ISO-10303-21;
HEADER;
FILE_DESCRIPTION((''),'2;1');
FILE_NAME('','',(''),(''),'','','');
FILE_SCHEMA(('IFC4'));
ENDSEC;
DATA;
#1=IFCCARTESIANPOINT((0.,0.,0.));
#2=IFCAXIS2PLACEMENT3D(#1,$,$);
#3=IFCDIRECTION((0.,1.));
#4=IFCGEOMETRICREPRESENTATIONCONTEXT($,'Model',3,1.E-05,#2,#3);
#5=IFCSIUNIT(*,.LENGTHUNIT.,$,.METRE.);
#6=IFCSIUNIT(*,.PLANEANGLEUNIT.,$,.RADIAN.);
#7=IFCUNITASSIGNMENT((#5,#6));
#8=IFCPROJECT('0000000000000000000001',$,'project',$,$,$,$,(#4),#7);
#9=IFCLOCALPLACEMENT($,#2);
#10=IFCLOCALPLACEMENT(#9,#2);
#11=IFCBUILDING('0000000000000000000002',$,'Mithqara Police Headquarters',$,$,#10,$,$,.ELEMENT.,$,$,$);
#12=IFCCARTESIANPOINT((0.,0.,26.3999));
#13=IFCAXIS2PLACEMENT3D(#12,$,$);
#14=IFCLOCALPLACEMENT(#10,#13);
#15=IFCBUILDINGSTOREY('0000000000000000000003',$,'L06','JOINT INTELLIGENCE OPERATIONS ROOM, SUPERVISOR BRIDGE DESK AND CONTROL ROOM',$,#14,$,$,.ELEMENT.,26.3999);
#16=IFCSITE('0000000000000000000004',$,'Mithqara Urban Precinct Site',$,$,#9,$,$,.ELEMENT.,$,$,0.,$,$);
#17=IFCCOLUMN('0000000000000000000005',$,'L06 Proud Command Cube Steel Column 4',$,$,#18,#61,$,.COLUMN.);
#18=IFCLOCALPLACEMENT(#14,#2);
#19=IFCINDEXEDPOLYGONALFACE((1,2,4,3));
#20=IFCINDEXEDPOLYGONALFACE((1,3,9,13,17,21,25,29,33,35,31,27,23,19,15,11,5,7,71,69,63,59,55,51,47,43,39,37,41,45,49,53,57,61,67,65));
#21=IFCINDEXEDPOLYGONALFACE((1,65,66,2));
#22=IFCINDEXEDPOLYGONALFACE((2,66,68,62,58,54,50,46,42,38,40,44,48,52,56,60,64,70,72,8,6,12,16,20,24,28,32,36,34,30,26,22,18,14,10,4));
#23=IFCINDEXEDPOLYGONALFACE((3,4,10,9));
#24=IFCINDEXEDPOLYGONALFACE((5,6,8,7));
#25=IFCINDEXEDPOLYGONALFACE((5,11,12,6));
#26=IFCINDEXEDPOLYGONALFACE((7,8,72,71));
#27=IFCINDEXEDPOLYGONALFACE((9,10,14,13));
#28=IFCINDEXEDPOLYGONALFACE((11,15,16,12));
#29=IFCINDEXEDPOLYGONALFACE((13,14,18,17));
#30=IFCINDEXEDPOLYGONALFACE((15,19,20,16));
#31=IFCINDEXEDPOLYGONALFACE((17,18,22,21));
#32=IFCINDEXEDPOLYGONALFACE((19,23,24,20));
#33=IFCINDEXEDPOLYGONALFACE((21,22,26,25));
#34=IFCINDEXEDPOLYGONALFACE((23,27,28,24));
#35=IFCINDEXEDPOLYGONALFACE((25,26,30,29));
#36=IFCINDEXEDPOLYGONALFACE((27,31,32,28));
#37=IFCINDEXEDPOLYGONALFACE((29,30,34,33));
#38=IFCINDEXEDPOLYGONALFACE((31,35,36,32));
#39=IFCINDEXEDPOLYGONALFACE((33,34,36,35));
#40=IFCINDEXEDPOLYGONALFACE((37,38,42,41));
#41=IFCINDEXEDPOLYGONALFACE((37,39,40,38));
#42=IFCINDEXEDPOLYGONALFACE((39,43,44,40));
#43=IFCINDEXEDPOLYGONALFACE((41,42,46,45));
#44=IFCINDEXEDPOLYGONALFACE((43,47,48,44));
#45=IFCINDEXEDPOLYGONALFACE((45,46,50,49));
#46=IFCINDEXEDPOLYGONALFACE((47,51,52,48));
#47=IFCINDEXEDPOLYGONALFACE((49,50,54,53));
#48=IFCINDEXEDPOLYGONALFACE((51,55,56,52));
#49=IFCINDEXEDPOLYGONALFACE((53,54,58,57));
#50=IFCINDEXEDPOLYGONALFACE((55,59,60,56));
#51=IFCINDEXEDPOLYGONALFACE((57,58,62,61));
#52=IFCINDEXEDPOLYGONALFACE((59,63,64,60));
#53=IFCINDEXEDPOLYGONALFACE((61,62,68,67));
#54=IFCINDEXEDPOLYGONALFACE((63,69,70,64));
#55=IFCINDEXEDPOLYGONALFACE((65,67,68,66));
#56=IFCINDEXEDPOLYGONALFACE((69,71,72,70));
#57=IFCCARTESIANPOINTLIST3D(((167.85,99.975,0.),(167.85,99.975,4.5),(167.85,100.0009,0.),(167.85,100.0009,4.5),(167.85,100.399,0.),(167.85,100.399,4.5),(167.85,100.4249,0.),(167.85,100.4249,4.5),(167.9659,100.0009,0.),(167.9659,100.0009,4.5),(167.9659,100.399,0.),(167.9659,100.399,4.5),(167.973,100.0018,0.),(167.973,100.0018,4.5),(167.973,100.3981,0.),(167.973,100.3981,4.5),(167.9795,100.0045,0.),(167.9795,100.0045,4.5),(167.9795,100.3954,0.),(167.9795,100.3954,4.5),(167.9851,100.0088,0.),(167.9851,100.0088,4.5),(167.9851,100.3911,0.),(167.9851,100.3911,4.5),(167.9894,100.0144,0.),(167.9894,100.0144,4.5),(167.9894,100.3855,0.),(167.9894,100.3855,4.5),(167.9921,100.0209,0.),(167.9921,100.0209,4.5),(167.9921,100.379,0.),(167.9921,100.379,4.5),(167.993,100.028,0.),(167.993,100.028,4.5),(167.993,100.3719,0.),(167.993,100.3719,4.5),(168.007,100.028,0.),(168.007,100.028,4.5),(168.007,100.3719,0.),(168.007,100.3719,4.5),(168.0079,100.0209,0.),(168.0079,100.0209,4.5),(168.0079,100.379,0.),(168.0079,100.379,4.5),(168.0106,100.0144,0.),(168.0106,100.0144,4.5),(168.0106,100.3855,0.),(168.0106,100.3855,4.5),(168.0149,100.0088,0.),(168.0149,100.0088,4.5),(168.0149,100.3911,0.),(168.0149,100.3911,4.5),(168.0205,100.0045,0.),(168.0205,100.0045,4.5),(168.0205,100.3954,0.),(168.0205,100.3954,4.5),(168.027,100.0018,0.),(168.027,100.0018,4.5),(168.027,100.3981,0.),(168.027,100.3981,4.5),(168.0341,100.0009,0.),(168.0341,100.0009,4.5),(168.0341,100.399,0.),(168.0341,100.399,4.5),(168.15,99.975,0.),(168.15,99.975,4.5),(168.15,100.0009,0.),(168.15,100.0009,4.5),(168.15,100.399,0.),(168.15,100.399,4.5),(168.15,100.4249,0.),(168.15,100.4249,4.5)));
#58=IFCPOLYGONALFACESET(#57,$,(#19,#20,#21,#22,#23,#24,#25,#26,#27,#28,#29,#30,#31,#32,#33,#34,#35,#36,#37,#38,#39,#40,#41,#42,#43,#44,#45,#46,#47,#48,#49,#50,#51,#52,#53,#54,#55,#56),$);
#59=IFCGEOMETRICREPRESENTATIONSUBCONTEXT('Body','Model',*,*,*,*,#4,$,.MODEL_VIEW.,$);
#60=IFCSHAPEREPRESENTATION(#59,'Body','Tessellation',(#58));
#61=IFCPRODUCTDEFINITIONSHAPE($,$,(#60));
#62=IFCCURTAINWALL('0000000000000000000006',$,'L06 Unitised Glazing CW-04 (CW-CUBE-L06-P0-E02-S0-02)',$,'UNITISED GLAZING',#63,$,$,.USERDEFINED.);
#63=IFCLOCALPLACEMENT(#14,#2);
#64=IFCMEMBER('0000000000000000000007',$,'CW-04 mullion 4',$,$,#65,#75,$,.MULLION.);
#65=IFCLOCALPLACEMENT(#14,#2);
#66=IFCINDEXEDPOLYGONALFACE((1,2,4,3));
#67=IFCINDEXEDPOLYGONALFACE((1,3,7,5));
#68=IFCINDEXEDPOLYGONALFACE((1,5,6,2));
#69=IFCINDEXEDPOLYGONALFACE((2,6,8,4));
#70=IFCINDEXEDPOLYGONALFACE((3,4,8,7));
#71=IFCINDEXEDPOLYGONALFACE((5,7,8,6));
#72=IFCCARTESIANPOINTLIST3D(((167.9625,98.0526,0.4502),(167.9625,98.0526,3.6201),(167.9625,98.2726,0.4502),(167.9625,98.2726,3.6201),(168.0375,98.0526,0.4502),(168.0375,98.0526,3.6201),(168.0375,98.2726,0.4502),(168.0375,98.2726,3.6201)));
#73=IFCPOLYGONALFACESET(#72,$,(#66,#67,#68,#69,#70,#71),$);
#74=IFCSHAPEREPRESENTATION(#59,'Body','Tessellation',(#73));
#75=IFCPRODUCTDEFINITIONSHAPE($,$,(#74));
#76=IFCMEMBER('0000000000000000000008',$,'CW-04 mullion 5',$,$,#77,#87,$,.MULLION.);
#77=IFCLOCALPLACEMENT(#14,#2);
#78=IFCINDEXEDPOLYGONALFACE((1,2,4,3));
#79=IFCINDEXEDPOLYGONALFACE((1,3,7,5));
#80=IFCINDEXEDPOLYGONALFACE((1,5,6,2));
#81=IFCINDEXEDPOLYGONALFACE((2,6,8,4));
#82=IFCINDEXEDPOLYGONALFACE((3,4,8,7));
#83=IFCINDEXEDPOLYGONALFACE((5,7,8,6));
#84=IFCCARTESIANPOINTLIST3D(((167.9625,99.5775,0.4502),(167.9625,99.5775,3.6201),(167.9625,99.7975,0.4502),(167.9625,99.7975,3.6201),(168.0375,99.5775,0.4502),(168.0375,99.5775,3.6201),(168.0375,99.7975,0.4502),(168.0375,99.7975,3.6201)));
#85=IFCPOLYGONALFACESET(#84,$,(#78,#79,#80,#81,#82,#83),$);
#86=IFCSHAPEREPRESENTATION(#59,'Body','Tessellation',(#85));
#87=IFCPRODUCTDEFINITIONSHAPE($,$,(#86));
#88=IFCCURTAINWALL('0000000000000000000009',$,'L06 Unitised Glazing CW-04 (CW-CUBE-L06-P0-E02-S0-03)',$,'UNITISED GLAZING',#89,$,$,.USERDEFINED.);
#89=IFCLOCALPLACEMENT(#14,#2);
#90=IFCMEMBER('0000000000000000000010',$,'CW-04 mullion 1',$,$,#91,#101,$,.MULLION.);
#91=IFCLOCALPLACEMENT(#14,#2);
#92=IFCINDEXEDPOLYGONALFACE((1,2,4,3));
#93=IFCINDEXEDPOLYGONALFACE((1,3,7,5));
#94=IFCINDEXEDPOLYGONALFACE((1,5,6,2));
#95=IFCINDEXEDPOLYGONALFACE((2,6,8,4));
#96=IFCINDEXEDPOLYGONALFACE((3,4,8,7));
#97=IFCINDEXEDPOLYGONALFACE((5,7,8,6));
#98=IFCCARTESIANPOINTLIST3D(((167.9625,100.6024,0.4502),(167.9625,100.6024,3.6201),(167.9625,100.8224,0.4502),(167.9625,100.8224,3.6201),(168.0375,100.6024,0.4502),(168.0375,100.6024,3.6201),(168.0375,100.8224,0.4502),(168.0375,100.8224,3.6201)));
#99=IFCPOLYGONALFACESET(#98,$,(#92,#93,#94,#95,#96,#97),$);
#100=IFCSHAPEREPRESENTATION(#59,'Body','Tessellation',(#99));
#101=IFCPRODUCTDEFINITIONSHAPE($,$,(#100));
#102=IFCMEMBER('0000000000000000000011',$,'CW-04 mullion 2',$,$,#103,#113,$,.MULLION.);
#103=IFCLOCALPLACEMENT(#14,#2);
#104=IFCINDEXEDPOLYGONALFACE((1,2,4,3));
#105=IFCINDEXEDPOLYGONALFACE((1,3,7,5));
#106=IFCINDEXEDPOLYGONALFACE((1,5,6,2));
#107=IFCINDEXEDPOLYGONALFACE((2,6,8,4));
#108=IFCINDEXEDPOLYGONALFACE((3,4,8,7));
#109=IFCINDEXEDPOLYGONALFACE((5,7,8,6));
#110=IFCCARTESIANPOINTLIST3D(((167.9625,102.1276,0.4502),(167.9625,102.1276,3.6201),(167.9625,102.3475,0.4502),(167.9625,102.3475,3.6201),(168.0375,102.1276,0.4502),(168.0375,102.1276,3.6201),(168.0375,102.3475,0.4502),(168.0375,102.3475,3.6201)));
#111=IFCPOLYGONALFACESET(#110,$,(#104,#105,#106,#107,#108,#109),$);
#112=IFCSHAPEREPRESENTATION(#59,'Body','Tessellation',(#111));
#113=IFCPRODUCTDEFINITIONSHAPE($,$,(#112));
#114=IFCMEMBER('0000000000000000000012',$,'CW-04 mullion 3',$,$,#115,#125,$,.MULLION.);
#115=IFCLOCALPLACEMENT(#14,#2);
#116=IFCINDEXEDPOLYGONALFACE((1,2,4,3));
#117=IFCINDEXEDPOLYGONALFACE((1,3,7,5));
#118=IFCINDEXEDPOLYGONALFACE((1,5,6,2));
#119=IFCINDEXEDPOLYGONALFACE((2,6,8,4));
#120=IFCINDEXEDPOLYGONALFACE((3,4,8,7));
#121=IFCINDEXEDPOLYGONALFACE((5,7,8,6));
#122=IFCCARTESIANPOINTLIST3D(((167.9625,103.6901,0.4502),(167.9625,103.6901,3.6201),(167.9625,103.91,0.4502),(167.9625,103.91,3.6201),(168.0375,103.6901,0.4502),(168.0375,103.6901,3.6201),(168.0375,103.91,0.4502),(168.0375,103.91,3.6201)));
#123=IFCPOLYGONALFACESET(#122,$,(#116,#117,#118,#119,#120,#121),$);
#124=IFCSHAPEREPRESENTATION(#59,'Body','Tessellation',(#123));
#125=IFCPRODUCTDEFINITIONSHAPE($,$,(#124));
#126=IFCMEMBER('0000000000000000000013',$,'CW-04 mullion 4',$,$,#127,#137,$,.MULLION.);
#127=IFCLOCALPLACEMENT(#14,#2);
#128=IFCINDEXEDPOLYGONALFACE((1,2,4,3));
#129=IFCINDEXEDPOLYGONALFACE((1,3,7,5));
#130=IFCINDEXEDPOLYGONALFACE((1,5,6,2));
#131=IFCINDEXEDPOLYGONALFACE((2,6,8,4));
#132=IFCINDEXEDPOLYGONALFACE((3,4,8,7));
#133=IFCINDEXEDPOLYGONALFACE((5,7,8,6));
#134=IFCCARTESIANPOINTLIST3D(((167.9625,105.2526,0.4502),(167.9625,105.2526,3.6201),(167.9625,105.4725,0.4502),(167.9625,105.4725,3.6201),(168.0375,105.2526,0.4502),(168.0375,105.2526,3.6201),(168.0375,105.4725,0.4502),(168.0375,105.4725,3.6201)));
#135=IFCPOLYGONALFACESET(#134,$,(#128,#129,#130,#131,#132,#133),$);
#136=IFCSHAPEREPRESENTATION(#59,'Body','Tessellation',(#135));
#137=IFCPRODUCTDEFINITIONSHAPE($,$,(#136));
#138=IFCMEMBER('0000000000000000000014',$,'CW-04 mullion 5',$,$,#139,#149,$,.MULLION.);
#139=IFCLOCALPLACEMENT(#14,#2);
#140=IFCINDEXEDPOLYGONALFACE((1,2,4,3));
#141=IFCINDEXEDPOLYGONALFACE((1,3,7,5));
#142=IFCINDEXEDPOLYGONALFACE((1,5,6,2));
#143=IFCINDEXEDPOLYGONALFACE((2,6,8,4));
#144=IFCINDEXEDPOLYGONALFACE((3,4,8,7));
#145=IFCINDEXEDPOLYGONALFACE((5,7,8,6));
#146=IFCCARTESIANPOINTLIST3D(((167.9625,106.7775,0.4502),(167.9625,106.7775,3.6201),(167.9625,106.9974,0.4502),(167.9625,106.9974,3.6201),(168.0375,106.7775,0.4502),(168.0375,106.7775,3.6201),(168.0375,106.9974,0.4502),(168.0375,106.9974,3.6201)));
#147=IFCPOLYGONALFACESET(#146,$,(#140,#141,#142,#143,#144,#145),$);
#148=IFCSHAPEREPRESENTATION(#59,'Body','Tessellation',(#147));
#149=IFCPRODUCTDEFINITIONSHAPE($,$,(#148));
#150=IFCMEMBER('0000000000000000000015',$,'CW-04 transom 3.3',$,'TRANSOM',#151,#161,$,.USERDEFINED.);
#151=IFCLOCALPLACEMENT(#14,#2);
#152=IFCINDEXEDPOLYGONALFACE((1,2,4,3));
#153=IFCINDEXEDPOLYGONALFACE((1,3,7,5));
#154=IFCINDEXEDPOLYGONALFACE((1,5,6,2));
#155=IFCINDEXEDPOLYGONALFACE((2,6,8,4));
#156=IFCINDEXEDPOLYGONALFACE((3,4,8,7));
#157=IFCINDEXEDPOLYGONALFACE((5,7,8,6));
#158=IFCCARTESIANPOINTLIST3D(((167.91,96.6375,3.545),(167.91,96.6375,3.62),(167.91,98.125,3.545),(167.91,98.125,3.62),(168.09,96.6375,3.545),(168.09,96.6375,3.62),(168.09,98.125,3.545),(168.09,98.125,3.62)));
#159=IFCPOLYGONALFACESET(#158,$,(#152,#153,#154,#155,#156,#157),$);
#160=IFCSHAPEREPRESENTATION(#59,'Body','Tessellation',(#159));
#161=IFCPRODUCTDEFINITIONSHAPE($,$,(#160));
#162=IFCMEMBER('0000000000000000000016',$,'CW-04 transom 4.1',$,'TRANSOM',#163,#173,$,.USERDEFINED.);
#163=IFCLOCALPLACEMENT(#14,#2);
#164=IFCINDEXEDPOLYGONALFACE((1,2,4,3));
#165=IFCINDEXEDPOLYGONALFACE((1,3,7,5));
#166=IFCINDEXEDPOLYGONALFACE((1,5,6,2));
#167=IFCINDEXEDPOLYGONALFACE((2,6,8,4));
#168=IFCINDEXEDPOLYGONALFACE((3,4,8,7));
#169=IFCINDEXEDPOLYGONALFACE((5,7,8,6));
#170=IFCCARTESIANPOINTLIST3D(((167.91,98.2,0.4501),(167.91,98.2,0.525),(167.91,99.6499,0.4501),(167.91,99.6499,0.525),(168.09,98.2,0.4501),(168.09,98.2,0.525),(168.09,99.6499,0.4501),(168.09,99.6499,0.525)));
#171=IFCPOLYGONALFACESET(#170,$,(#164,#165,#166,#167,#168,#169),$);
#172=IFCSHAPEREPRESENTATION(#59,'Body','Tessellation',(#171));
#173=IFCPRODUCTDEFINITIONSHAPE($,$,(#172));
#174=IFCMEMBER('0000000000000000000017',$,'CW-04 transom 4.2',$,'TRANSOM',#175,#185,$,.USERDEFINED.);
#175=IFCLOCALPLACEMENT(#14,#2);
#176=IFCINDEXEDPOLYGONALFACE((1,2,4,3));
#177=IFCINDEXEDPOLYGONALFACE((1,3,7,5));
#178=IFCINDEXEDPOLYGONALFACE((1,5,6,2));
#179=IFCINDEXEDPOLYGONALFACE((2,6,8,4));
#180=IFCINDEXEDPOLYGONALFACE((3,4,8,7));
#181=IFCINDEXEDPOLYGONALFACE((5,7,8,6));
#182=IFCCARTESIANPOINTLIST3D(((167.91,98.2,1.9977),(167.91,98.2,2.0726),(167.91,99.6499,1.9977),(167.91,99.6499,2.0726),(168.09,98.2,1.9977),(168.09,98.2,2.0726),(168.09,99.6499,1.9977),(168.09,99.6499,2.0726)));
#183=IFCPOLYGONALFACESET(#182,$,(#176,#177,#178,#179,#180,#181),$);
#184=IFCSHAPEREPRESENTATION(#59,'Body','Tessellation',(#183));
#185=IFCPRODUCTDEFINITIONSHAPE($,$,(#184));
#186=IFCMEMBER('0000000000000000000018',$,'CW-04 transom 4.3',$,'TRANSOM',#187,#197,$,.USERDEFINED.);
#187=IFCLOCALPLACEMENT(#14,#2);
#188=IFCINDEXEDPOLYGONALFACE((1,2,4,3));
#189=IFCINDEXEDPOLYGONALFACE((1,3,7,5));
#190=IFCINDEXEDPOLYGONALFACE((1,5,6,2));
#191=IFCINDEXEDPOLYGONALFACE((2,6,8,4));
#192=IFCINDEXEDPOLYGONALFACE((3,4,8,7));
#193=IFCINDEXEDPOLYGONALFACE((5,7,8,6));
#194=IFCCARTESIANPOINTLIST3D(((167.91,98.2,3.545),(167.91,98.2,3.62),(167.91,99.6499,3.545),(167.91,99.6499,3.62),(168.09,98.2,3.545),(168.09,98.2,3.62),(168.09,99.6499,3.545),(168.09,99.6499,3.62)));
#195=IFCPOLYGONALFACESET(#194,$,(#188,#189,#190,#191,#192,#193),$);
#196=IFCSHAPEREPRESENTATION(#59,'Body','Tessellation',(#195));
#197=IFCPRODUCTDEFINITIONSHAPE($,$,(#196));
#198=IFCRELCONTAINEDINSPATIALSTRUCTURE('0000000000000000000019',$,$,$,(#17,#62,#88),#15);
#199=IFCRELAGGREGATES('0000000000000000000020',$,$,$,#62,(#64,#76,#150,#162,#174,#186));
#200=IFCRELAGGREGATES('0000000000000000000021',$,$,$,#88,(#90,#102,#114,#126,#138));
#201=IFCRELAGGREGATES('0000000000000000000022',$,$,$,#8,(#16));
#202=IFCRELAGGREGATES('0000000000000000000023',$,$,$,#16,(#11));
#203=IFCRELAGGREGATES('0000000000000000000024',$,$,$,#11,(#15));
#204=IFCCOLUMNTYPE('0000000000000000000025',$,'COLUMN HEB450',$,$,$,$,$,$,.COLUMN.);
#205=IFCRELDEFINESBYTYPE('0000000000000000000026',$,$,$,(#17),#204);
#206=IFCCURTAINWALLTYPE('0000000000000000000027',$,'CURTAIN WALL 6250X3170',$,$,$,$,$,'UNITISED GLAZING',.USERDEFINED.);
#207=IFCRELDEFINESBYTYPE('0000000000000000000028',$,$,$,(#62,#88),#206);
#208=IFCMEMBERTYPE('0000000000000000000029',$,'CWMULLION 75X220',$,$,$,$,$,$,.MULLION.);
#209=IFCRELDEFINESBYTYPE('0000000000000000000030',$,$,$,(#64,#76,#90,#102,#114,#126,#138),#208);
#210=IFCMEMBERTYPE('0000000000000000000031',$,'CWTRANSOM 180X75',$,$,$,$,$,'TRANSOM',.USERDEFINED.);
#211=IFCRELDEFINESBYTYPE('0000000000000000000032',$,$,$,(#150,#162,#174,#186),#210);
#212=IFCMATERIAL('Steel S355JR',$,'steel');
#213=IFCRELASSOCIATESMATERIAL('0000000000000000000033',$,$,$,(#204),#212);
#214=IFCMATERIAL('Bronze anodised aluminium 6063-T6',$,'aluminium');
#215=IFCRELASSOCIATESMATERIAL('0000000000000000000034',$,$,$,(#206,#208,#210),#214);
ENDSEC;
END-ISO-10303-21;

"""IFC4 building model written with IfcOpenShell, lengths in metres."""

from ifc_helpers import new_model, si_unit, direction, frame, origin, origin_2d, place, context, subcontext, project, spatial, rectangle, i_section, extrude, material, material_profile, profile_set, type_object, element, aggregate, save


model = new_model("IFC4")

# Units and contexts
model_context = context("Model", 3, precision=1e-05, world=origin(), true_north=direction((0.0, 1.0)))
body_context = subcontext(model_context, "Body", "Model", "MODEL_VIEW")
ifc_project = project(units=[si_unit("LENGTHUNIT", "METRE"), si_unit("PLANEANGLEUNIT", "RADIAN")], contexts=[model_context])

# Site, building, storey
site_placement = place(None, origin())
site = spatial("IfcSite", under=ifc_project, at=site_placement, Name="Mithqara Urban Precinct Site", CompositionType="ELEMENT", RefElevation=0.0)
building_placement = place(site_placement, origin())
building = spatial("IfcBuilding", under=site, at=building_placement, Name="Mithqara Police Headquarters", CompositionType="ELEMENT")
storey_placement = place(building_placement, frame((0.0, 0.0, 26.3999)))
storey = spatial("IfcBuildingStorey", under=building, at=storey_placement, Name="L06", Description="JOINT INTELLIGENCE OPERATIONS ROOM, SUPERVISOR BRIDGE DESK AND CONTROL ROOM", CompositionType="ELEMENT", Elevation=26.3999)

# Column
ifc_material_1 = material(Name="Steel S355JR", Category="steel")
ifc_material_profile_1 = material_profile(ifc_material_1, i_section(OverallWidth=0.3, OverallDepth=0.45, WebThickness=0.0139, FlangeThickness=0.0259, FilletRadius=0.0271, at=origin_2d()), Name="HEB 450")
ifc_profile_set_1 = profile_set([ifc_material_profile_1], Name="Steel S355JR")
column_type = type_object("IfcColumnType", Name="COLUMN HEB450", PredefinedType="COLUMN", material=ifc_profile_set_1)
column_placement = place(storey_placement, frame((168.0, 100.2, 0.0), z_axis=(0.0, 0.0, 1.0), x_axis=(1.0, 0.0, 0.0)))
element("IfcColumn", 1, at=column_placement, inside=storey, type_object=column_type, Name="L06 Proud Command Cube Steel Column 4", PredefinedType="COLUMN", context=body_context, shape_type="SweptSolid", body=[
    extrude(i_section(OverallWidth=0.3, OverallDepth=0.45, WebThickness=0.0139, FlangeThickness=0.0259, FilletRadius=0.0271, at=origin_2d()), origin(), (0.0, 0.0, 1.0), 4.5),
])

# Curtain walls, members
ifc_material_2 = material(Name="Bronze anodised aluminium 6063-T6", Category="aluminium")
curtain_wall_type = type_object("IfcCurtainWallType", Name="CURTAIN WALL 6250X3170", ElementType="UNITISED GLAZING", PredefinedType="USERDEFINED", material=ifc_material_2)
curtain_wall_1_placement = place(storey_placement, origin())
curtain_wall_1 = element("IfcCurtainWall", 2, at=curtain_wall_1_placement, inside=storey, type_object=curtain_wall_type, Name="L06 Unitised Glazing CW-04 (CW-CUBE-L06-P0-E02-S0-02)", ObjectType="UNITISED GLAZING", PredefinedType="USERDEFINED")
ifc_material_profile_2 = material_profile(ifc_material_2, rectangle(XDim=0.075, YDim=0.22, at=origin_2d()), Name="CWM 75x220")
ifc_profile_set_2 = profile_set([ifc_material_profile_2], Name="Bronze anodised aluminium 6063-T6")
member_type_1 = type_object("IfcMemberType", Name="CWMULLION 75X220", PredefinedType="MULLION", material=ifc_profile_set_2)
member_1_placement = place(storey_placement, frame((168.0, 98.1626, 0.4502), z_axis=(0.0, 0.0, 1.0), x_axis=(-1.0, 0.0, 0.0)))
member_1 = element("IfcMember", 3, at=member_1_placement, type_object=member_type_1, Name="CW-04 mullion 4", PredefinedType="MULLION", context=body_context, shape_type="SweptSolid", body=[
    extrude(rectangle(XDim=0.075, YDim=0.22, at=origin_2d()), origin(), (0.0, 0.0, 1.0), 3.1699),
])
member_2_placement = place(storey_placement, frame((168.0, 99.6875, 0.4502), z_axis=(0.0, 0.0, 1.0), x_axis=(-1.0, 0.0, 0.0)))
member_2 = element("IfcMember", 4, at=member_2_placement, type_object=member_type_1, Name="CW-04 mullion 5", PredefinedType="MULLION", context=body_context, shape_type="SweptSolid", body=[
    extrude(rectangle(XDim=0.075, YDim=0.22, at=origin_2d()), origin(), (0.0, 0.0, 1.0), 3.1699),
])
curtain_wall_2_placement = place(storey_placement, origin())
curtain_wall_2 = element("IfcCurtainWall", 5, at=curtain_wall_2_placement, inside=storey, type_object=curtain_wall_type, Name="L06 Unitised Glazing CW-04 (CW-CUBE-L06-P0-E02-S0-03)", ObjectType="UNITISED GLAZING", PredefinedType="USERDEFINED")
member_3_placement = place(storey_placement, frame((168.0, 100.7124, 0.4502), z_axis=(0.0, 0.0, 1.0), x_axis=(-1.0, 0.0, 0.0)))
member_3 = element("IfcMember", 6, at=member_3_placement, type_object=member_type_1, Name="CW-04 mullion 1", PredefinedType="MULLION", context=body_context, shape_type="SweptSolid", body=[
    extrude(rectangle(XDim=0.075, YDim=0.22, at=origin_2d()), origin(), (0.0, 0.0, 1.0), 3.1699),
])
member_4_placement = place(storey_placement, frame((168.0, 102.2375, 0.4502), z_axis=(0.0, 0.0, 1.0), x_axis=(-1.0, 0.0, 0.0)))
member_4 = element("IfcMember", 7, at=member_4_placement, type_object=member_type_1, Name="CW-04 mullion 2", PredefinedType="MULLION", context=body_context, shape_type="SweptSolid", body=[
    extrude(rectangle(XDim=0.075, YDim=0.22, at=origin_2d()), origin(), (0.0, 0.0, 1.0), 3.1699),
])
member_5_placement = place(storey_placement, frame((168.0, 103.8, 0.4502), z_axis=(0.0, 0.0, 1.0), x_axis=(-1.0, 0.0, 0.0)))
member_5 = element("IfcMember", 8, at=member_5_placement, type_object=member_type_1, Name="CW-04 mullion 3", PredefinedType="MULLION", context=body_context, shape_type="SweptSolid", body=[
    extrude(rectangle(XDim=0.075, YDim=0.22, at=origin_2d()), origin(), (0.0, 0.0, 1.0), 3.1699),
])
member_6_placement = place(storey_placement, frame((168.0, 105.3625, 0.4502), z_axis=(0.0, 0.0, 1.0), x_axis=(-1.0, 0.0, 0.0)))
member_6 = element("IfcMember", 9, at=member_6_placement, type_object=member_type_1, Name="CW-04 mullion 4", PredefinedType="MULLION", context=body_context, shape_type="SweptSolid", body=[
    extrude(rectangle(XDim=0.075, YDim=0.22, at=origin_2d()), origin(), (0.0, 0.0, 1.0), 3.1699),
])
member_7_placement = place(storey_placement, frame((168.0, 106.8875, 0.4502), z_axis=(0.0, 0.0, 1.0), x_axis=(-1.0, 0.0, 0.0)))
member_7 = element("IfcMember", 10, at=member_7_placement, type_object=member_type_1, Name="CW-04 mullion 5", PredefinedType="MULLION", context=body_context, shape_type="SweptSolid", body=[
    extrude(rectangle(XDim=0.075, YDim=0.22, at=origin_2d()), origin(), (0.0, 0.0, 1.0), 3.1699),
])

# Members
ifc_material_profile_3 = material_profile(ifc_material_2, rectangle(XDim=0.1799, YDim=0.075, at=origin_2d()), Name="CWT 180x75")
ifc_profile_set_3 = profile_set([ifc_material_profile_3], Name="Bronze anodised aluminium 6063-T6")
member_type_2 = type_object("IfcMemberType", Name="CWTRANSOM 180X75", ElementType="TRANSOM", PredefinedType="USERDEFINED", material=ifc_profile_set_3)
member_8_placement = place(storey_placement, frame((168.0, 96.6375, 3.5825), z_axis=(0.0, 1.0, 0.0), x_axis=(-1.0, 0.0, 0.0)))
member_8 = element("IfcMember", 11, at=member_8_placement, type_object=member_type_2, Name="CW-04 transom 3.3", ObjectType="TRANSOM", PredefinedType="USERDEFINED", context=body_context, shape_type="SweptSolid", body=[
    extrude(rectangle(XDim=0.1799, YDim=0.075, at=origin_2d()), origin(), (0.0, 0.0, 1.0), 1.4875),
])
member_9_placement = place(storey_placement, frame((168.0, 98.2, 0.4875), z_axis=(0.0, 1.0, 0.0), x_axis=(-1.0, 0.0, 0.0)))
member_9 = element("IfcMember", 12, at=member_9_placement, type_object=member_type_2, Name="CW-04 transom 4.1", ObjectType="TRANSOM", PredefinedType="USERDEFINED", context=body_context, shape_type="SweptSolid", body=[
    extrude(rectangle(XDim=0.1799, YDim=0.075, at=origin_2d()), origin(), (0.0, 0.0, 1.0), 1.45),
])
member_10_placement = place(storey_placement, frame((168.0, 98.2, 2.0352), z_axis=(0.0, 1.0, 0.0), x_axis=(-1.0, 0.0, 0.0)))
member_10 = element("IfcMember", 13, at=member_10_placement, type_object=member_type_2, Name="CW-04 transom 4.2", ObjectType="TRANSOM", PredefinedType="USERDEFINED", context=body_context, shape_type="SweptSolid", body=[
    extrude(rectangle(XDim=0.1799, YDim=0.075, at=origin_2d()), origin(), (0.0, 0.0, 1.0), 1.45),
])
member_11_placement = place(storey_placement, frame((168.0, 98.2, 3.5825), z_axis=(0.0, 1.0, 0.0), x_axis=(-1.0, 0.0, 0.0)))
member_11 = element("IfcMember", 14, at=member_11_placement, type_object=member_type_2, Name="CW-04 transom 4.3", ObjectType="TRANSOM", PredefinedType="USERDEFINED", context=body_context, shape_type="SweptSolid", body=[
    extrude(rectangle(XDim=0.1799, YDim=0.075, at=origin_2d()), origin(), (0.0, 0.0, 1.0), 1.45),
])

aggregate(curtain_wall_1, [member_1, member_2, member_8, member_9, member_10, member_11])
aggregate(curtain_wall_2, [member_3, member_4, member_5, member_6, member_7])

save(model, "model.ifc")
